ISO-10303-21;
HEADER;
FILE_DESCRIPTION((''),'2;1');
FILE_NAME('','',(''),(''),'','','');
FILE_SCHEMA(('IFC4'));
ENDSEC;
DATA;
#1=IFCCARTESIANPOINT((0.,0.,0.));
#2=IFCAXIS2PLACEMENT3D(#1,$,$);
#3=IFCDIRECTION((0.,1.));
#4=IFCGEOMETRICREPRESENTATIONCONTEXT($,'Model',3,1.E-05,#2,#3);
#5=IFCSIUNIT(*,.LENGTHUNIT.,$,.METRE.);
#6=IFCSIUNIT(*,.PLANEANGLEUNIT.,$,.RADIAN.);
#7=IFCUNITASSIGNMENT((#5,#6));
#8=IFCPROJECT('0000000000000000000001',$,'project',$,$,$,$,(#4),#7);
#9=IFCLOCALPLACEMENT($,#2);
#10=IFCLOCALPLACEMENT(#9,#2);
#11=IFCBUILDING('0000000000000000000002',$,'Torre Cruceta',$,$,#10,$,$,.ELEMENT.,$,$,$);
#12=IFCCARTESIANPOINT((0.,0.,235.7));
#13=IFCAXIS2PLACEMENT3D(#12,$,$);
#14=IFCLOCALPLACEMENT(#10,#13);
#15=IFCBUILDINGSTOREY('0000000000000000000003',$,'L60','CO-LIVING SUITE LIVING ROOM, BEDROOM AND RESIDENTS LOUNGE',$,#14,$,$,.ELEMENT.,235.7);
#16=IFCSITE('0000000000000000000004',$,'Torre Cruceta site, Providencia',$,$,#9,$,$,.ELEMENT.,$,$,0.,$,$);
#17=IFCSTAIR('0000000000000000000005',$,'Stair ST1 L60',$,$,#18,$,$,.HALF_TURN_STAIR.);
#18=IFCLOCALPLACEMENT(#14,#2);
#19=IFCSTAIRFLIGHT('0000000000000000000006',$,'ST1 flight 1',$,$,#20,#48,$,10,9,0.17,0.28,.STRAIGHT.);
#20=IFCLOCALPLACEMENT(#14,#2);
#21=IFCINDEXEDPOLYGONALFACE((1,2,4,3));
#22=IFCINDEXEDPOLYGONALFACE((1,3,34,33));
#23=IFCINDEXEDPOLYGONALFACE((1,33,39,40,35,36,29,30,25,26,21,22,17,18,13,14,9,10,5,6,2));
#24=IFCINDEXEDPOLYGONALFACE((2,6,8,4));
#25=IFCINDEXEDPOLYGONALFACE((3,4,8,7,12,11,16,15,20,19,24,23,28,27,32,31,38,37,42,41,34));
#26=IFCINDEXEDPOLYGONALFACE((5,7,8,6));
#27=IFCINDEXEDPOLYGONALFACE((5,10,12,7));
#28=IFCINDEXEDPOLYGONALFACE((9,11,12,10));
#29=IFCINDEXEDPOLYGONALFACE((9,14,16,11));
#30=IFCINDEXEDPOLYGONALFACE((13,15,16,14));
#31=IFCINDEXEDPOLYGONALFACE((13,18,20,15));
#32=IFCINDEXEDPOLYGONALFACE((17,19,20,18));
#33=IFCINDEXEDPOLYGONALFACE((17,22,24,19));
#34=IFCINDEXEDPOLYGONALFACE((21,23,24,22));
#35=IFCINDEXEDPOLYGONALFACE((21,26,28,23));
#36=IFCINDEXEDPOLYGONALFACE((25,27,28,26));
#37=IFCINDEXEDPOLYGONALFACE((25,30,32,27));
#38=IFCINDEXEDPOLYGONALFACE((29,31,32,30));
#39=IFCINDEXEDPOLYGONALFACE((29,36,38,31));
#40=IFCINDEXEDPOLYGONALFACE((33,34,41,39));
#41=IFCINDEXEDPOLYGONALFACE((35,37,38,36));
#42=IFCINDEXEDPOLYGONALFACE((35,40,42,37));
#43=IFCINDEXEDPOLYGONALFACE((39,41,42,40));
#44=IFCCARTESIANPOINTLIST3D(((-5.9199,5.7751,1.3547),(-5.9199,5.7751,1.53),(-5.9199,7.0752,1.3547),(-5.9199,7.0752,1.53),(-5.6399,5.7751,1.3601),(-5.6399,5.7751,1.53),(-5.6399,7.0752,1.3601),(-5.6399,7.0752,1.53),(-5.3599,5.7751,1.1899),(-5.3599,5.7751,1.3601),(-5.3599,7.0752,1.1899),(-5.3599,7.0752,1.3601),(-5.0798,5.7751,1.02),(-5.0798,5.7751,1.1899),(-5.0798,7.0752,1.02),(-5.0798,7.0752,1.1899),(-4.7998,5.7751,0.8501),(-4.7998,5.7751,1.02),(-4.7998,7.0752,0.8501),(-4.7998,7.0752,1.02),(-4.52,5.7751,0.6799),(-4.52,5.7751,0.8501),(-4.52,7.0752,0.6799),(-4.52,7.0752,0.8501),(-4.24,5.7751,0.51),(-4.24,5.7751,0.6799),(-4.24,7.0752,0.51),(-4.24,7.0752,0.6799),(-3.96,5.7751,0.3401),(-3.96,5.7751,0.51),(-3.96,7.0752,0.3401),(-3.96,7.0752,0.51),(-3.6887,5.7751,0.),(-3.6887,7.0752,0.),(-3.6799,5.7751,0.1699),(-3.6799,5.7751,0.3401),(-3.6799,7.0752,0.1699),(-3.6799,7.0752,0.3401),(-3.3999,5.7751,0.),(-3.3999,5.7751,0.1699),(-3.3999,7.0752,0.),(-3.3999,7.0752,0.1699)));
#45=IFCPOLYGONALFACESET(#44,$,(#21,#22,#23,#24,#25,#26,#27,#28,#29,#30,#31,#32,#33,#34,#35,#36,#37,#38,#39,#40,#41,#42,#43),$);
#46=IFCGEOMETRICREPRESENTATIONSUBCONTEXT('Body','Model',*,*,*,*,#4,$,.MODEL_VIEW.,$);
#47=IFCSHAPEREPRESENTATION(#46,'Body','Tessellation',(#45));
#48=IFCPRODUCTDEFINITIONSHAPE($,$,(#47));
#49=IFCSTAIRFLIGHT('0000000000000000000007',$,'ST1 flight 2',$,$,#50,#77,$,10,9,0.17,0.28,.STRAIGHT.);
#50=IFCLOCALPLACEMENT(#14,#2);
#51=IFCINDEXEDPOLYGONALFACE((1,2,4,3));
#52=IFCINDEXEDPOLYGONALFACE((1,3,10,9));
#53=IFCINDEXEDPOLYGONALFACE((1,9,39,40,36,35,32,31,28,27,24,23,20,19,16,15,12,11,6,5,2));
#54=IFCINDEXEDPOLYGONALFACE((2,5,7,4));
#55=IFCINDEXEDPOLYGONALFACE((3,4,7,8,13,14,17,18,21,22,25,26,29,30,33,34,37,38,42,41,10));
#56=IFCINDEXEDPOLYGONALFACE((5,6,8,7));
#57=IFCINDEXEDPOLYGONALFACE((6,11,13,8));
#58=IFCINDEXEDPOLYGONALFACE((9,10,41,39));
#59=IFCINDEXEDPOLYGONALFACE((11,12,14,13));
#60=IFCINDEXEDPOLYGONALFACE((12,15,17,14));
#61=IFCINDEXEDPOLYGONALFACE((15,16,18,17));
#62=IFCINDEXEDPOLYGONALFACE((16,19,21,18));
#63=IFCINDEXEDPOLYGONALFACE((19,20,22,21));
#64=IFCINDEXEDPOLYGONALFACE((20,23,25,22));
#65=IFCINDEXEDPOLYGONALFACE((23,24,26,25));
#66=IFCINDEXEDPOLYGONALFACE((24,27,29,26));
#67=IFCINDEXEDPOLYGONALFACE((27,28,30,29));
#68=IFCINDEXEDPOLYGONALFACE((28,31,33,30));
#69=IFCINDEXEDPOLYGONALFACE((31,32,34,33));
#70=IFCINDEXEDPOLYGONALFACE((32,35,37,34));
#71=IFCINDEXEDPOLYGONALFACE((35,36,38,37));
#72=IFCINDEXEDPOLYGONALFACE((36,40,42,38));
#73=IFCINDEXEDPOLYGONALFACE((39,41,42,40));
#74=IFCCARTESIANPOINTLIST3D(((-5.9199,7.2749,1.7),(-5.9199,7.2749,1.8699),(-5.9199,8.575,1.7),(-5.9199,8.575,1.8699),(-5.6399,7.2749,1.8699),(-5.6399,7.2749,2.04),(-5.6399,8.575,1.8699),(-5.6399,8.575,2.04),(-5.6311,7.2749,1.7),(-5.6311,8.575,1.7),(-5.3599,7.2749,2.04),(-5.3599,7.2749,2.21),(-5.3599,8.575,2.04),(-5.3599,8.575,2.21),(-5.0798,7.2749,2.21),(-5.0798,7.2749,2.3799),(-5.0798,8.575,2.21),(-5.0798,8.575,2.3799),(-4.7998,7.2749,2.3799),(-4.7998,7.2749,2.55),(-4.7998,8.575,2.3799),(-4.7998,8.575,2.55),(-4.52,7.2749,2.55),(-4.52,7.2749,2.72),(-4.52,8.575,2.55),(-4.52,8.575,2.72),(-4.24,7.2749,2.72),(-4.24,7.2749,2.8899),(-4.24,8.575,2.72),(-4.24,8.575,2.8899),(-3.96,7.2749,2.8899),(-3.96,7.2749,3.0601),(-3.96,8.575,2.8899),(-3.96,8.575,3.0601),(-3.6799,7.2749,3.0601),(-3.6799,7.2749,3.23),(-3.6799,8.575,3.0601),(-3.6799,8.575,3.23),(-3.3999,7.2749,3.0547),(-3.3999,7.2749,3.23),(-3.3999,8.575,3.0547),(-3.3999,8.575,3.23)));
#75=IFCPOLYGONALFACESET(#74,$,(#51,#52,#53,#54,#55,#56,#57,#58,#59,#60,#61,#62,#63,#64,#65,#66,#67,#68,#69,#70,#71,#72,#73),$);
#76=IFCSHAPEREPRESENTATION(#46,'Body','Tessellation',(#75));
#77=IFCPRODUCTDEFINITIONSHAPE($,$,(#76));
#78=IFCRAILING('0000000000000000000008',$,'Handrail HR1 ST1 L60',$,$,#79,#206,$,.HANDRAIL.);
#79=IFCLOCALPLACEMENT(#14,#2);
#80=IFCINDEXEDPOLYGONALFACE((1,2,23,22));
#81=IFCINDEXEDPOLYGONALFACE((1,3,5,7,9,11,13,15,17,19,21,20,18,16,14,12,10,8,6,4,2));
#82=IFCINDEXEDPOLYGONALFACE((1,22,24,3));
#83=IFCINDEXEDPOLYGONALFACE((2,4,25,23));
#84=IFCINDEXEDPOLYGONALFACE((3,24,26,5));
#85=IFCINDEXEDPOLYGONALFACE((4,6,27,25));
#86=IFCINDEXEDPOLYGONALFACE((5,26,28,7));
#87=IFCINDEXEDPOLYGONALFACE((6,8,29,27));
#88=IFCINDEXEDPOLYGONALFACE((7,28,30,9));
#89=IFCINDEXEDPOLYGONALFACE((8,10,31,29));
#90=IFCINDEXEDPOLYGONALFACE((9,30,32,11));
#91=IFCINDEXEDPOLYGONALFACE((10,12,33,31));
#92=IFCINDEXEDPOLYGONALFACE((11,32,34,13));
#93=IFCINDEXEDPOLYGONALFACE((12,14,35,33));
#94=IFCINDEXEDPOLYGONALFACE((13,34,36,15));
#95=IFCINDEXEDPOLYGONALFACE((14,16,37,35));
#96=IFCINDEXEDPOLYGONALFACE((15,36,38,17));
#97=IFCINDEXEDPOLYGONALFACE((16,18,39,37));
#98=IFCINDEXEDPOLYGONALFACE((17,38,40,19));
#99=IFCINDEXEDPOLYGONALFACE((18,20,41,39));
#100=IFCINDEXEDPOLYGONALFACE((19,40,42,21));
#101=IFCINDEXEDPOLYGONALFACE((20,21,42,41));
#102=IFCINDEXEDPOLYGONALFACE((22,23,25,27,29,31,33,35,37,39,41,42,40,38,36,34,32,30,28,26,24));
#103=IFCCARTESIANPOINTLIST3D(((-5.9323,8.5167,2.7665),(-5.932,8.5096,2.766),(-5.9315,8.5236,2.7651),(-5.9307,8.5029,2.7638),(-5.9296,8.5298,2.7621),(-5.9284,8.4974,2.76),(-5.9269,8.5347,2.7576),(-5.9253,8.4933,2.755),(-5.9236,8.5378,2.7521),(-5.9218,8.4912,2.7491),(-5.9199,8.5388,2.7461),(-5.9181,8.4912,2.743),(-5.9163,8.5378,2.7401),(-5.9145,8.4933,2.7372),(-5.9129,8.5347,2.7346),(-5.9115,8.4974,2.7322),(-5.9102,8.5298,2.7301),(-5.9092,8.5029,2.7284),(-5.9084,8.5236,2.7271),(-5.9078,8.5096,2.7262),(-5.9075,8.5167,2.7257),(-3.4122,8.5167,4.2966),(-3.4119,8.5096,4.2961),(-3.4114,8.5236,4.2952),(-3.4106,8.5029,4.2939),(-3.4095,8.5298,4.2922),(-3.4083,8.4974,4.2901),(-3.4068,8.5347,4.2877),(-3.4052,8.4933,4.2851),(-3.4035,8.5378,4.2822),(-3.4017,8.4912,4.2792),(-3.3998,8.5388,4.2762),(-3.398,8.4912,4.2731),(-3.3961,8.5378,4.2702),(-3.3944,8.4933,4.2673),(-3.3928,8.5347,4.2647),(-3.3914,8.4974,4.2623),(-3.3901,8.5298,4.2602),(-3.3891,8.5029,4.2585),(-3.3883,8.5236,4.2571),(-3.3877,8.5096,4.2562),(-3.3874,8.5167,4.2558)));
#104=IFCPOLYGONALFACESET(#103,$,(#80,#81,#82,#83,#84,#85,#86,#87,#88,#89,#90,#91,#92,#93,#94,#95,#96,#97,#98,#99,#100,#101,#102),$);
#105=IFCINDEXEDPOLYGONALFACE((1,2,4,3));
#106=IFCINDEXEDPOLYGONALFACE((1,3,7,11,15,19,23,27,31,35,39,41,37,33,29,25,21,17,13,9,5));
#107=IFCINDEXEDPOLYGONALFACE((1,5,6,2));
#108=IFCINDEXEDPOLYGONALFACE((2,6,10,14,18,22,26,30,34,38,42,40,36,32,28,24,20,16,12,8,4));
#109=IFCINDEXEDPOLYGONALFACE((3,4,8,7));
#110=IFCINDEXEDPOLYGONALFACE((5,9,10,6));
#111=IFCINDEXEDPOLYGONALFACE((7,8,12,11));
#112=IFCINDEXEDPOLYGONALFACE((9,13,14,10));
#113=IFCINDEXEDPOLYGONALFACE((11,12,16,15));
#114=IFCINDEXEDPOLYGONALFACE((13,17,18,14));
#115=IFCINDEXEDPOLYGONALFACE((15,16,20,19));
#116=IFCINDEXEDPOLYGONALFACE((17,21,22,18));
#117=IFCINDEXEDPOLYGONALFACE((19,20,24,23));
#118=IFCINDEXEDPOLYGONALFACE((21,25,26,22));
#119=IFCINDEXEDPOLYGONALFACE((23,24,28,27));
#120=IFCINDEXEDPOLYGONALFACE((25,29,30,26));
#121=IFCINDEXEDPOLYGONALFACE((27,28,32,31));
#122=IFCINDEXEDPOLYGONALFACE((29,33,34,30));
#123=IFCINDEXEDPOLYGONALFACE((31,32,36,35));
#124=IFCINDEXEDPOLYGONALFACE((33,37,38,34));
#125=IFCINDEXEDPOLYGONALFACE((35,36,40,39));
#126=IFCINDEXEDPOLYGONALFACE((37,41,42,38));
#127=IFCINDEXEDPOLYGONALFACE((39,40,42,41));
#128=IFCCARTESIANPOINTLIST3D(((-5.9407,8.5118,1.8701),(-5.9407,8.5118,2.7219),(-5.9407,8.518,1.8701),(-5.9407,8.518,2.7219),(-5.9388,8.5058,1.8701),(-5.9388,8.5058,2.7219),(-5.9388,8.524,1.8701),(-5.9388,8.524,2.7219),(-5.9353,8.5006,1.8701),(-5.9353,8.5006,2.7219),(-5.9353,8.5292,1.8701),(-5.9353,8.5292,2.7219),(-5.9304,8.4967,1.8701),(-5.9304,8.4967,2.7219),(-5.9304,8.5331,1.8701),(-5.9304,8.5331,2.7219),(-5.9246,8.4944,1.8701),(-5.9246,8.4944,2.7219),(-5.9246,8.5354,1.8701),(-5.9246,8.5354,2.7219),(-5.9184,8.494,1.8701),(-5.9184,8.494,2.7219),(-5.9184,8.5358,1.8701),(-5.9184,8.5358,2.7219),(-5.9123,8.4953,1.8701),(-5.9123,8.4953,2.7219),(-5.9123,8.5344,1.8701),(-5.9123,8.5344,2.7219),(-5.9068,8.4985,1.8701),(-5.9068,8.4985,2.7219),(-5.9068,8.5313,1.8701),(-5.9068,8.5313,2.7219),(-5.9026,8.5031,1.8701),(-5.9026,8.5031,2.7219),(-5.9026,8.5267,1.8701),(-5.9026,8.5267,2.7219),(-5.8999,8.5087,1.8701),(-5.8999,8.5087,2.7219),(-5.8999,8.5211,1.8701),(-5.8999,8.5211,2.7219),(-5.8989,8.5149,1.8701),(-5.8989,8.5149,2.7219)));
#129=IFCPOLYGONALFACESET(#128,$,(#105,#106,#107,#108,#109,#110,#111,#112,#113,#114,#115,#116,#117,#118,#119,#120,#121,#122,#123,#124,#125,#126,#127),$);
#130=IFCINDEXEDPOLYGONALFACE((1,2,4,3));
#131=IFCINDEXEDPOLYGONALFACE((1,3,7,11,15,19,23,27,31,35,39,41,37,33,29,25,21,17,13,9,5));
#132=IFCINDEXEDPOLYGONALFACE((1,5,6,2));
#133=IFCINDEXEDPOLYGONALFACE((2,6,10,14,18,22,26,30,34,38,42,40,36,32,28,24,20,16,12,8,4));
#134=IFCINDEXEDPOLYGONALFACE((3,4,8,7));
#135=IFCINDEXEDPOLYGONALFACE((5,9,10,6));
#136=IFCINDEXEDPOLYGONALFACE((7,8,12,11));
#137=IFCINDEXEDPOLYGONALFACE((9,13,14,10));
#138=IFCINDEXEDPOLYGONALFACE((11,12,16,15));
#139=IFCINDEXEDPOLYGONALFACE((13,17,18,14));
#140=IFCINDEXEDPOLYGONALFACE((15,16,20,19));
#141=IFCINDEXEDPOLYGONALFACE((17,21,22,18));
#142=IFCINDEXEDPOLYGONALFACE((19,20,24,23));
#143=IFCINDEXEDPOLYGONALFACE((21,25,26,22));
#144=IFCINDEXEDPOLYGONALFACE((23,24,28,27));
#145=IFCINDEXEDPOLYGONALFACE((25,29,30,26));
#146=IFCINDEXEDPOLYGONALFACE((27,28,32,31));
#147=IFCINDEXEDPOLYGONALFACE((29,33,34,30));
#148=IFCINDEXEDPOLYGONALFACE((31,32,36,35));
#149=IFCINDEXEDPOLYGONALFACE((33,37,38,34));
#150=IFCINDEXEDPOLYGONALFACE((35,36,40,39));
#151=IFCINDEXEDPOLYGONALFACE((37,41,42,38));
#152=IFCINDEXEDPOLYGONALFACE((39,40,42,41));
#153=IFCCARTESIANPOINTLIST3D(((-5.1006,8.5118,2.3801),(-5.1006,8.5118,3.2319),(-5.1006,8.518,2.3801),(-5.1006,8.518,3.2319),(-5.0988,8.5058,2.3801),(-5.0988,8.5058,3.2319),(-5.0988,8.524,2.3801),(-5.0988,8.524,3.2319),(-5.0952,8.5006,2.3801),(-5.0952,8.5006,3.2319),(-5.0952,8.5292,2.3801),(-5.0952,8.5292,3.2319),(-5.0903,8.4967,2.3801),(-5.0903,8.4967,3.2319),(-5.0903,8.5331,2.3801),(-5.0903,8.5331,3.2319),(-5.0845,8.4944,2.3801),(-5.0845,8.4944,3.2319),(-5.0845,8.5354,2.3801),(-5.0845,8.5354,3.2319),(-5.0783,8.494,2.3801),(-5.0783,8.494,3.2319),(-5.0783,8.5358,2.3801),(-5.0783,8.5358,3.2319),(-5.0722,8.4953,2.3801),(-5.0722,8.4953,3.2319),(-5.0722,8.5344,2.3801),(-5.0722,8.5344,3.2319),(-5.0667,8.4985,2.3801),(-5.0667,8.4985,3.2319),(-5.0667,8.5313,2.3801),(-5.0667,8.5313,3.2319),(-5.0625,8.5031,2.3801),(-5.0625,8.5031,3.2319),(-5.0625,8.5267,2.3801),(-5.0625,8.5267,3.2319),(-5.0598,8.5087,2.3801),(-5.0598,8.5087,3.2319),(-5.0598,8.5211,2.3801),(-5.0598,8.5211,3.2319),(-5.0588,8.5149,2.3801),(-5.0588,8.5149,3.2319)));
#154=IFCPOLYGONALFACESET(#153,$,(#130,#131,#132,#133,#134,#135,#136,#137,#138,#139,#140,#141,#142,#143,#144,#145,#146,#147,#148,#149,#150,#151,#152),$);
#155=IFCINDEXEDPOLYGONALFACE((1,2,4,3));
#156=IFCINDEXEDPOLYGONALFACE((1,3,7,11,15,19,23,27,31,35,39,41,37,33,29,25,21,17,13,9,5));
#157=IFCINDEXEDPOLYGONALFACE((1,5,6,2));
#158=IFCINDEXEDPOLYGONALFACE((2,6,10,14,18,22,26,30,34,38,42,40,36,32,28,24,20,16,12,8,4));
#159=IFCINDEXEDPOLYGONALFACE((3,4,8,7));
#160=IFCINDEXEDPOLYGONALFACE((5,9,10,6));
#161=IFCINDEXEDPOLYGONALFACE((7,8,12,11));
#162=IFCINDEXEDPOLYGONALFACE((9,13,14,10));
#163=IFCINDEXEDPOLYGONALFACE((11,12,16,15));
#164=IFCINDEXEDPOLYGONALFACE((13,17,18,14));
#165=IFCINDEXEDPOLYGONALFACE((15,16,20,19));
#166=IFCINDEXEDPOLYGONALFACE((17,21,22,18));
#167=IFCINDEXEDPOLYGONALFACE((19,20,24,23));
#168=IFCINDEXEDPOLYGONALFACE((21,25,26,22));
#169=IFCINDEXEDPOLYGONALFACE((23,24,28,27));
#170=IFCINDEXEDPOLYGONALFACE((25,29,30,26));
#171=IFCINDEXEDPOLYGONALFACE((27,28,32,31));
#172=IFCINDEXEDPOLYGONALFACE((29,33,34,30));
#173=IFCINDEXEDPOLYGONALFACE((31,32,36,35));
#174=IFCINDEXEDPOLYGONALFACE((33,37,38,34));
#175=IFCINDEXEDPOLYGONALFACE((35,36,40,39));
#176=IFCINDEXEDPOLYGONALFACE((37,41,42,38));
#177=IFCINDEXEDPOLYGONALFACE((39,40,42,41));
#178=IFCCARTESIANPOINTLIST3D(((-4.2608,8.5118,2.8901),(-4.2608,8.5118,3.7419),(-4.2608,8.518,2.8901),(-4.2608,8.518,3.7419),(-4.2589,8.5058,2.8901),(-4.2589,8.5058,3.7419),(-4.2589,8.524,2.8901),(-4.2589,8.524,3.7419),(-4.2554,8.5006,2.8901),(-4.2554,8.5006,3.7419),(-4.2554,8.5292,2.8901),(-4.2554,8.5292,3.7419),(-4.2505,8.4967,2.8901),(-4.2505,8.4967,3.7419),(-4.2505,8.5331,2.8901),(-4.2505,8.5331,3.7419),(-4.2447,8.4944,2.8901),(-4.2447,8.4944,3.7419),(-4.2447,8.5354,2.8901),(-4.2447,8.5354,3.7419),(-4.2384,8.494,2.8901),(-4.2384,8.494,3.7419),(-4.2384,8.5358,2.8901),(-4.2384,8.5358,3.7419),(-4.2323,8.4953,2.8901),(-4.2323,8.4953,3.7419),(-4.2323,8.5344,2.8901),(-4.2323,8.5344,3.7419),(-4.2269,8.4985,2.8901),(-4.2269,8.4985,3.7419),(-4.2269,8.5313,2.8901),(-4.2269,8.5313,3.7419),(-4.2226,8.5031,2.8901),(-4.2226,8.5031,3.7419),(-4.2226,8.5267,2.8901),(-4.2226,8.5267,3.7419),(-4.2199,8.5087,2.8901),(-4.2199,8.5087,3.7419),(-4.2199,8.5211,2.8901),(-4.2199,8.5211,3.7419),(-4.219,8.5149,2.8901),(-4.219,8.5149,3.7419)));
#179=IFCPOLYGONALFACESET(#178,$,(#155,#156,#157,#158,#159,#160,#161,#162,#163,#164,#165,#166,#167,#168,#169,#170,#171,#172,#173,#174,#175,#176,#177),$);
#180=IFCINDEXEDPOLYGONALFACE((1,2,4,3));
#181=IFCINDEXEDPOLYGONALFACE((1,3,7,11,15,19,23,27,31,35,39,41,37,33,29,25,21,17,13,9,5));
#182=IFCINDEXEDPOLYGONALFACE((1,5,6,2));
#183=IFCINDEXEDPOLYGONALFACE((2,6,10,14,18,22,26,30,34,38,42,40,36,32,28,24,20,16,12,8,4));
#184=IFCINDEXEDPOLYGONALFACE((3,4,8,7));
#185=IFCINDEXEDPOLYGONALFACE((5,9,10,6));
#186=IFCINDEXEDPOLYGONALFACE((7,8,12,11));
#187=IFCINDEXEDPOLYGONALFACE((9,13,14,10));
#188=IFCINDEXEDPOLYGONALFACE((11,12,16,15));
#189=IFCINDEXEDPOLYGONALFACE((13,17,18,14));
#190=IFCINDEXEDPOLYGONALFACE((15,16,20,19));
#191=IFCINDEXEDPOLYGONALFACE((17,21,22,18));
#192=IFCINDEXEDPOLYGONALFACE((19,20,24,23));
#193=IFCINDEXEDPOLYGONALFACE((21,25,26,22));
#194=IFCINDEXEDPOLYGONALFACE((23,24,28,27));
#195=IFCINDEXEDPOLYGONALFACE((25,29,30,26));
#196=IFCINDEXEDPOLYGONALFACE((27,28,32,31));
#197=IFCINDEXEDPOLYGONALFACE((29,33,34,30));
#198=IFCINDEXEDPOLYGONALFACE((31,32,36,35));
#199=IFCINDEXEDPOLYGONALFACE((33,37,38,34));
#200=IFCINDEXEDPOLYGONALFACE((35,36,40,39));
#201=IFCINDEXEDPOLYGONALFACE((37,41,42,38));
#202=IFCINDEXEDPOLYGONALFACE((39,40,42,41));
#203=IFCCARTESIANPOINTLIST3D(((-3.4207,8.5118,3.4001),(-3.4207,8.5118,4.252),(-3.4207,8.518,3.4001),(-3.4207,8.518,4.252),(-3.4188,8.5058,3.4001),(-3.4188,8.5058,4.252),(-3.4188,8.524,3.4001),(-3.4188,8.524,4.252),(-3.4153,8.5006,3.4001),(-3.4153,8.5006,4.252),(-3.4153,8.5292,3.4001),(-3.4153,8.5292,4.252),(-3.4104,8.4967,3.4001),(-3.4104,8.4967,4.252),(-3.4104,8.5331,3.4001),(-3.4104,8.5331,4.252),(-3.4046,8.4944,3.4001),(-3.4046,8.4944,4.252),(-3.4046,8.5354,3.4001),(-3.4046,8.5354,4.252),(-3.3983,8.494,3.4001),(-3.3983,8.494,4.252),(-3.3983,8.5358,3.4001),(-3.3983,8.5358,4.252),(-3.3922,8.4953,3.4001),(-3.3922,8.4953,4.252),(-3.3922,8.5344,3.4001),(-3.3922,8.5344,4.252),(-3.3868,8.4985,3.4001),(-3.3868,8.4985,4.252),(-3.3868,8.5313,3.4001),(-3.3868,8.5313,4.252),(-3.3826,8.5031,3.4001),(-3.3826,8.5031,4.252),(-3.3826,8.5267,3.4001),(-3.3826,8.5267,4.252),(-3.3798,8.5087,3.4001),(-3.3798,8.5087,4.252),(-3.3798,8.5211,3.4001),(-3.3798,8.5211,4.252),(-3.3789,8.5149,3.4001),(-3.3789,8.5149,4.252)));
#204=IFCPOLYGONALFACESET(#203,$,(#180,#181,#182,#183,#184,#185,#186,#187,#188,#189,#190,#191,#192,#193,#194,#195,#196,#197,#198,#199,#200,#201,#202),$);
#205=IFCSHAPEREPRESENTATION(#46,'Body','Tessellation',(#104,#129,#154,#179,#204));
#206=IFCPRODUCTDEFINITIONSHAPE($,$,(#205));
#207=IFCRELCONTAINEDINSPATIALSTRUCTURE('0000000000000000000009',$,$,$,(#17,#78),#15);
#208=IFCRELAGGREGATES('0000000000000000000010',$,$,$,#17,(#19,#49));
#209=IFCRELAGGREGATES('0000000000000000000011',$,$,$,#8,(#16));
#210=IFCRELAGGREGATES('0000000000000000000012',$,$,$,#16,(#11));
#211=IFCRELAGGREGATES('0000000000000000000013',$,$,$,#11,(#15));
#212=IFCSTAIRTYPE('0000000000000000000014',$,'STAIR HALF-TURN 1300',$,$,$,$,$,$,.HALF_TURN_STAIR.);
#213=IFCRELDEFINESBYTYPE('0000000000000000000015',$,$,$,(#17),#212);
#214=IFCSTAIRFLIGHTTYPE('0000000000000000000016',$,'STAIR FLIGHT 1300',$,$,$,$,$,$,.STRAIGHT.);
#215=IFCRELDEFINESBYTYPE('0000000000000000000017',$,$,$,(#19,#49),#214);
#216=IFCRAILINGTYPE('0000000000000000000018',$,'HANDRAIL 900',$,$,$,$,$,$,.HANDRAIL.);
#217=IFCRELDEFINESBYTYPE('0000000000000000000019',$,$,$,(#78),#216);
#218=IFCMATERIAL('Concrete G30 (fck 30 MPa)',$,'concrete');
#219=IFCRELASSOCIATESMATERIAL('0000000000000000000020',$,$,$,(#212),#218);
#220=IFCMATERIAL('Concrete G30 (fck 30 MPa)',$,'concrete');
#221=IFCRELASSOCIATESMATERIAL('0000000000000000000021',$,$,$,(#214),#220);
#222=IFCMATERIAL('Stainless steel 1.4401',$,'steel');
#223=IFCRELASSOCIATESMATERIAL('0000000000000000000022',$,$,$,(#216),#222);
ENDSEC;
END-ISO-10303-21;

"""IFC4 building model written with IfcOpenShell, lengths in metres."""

from ifc_helpers import new_model, si_unit, direction, frame, origin, origin_2d, place, context, subcontext, project, spatial, polyline, circle, outline, extrude, material, type_object, element, aggregate, save


model = new_model("IFC4")

# Units and contexts
model_context = context("Model", 3, precision=1e-05, world=origin(), true_north=direction((0.0, 1.0)))
body_context = subcontext(model_context, "Body", "Model", "MODEL_VIEW")
ifc_project = project(units=[si_unit("LENGTHUNIT", "METRE"), si_unit("PLANEANGLEUNIT", "RADIAN")], contexts=[model_context])

# Site, building, storey
site_placement = place(None, origin())
site = spatial("IfcSite", under=ifc_project, at=site_placement, Name="Torre Cruceta site, Providencia", CompositionType="ELEMENT", RefElevation=0.0)
building_placement = place(site_placement, origin())
building = spatial("IfcBuilding", under=site, at=building_placement, Name="Torre Cruceta", CompositionType="ELEMENT")
storey_placement = place(building_placement, frame((0.0, 0.0, 235.7)))
storey = spatial("IfcBuildingStorey", under=building, at=storey_placement, Name="L60", Description="CO-LIVING SUITE LIVING ROOM, BEDROOM AND RESIDENTS LOUNGE", CompositionType="ELEMENT", Elevation=235.7)

# Stair, stair flights
ifc_material_1 = material(Name="Concrete G30 (fck 30 MPa)", Category="concrete")
stair_type = type_object("IfcStairType", Name="STAIR HALF-TURN 1300", PredefinedType="HALF_TURN_STAIR", material=ifc_material_1)
stair_placement = place(storey_placement, origin())
stair = element("IfcStair", 1, at=stair_placement, inside=storey, type_object=stair_type, Name="Stair ST1 L60", PredefinedType="HALF_TURN_STAIR")
ifc_material_2 = material(Name="Concrete G30 (fck 30 MPa)", Category="concrete")
stair_flight_type = type_object("IfcStairFlightType", Name="STAIR FLIGHT 1300", PredefinedType="STRAIGHT", material=ifc_material_2)
stair_flight_1_placement = place(storey_placement, frame((-3.3999, 6.425, 0.0), z_axis=(0.0, 0.0, 1.0), x_axis=(-1.0, 0.0, 0.0)))
stair_flight_1 = element("IfcStairFlight", 2, at=stair_flight_1_placement, type_object=stair_flight_type, Name="ST1 flight 1", NumberOfRisers=10, NumberOfTreads=9, PredefinedType="STRAIGHT", RiserHeight=0.17, TreadLength=0.28, context=body_context, shape_type="SweptSolid", body=[
    extrude(outline(polyline([(0.0, 0.0), (0.0, 0.1699), (0.28, 0.1699), (0.28, 0.3401), (0.5601, 0.3401), (0.5601, 0.51), (0.8401, 0.51), (0.8401, 0.6799), (1.1201, 0.6799), (1.1201, 0.8501), (1.3999, 0.8501), (1.3999, 1.02), (1.6799, 1.02), (1.6799, 1.1899), (1.96, 1.1899), (1.96, 1.3601), (2.24, 1.3601), (2.24, 1.53), (2.52, 1.53), (2.52, 1.7), (2.52, 1.3547), (0.2888, 0.0), (0.0, 0.0)])), frame((0.0, 0.6499, 0.0), z_axis=(0.0, -1.0, 0.0), x_axis=(1.0, 0.0, 0.0)), (0.0, 0.0, 1.0), 1.3),
])
stair_flight_2_placement = place(storey_placement, frame((-5.9199, 7.925, 1.7), z_axis=(0.0, 0.0, 1.0), x_axis=(1.0, 0.0, 0.0)))
stair_flight_2 = element("IfcStairFlight", 3, at=stair_flight_2_placement, type_object=stair_flight_type, Name="ST1 flight 2", NumberOfRisers=10, NumberOfTreads=9, PredefinedType="STRAIGHT", RiserHeight=0.17, TreadLength=0.28, context=body_context, shape_type="SweptSolid", body=[
    extrude(outline(polyline([(0.0, 0.0), (0.0, 0.1699), (0.28, 0.1699), (0.28, 0.3401), (0.5601, 0.3401), (0.5601, 0.51), (0.8401, 0.51), (0.8401, 0.6799), (1.1201, 0.6799), (1.1201, 0.8501), (1.3999, 0.8501), (1.3999, 1.02), (1.6799, 1.02), (1.6799, 1.1899), (1.96, 1.1899), (1.96, 1.3601), (2.24, 1.3601), (2.24, 1.53), (2.52, 1.53), (2.52, 1.7), (2.52, 1.3547), (0.2888, 0.0), (0.0, 0.0)])), frame((0.0, 0.6499, 0.0), z_axis=(0.0, -1.0, 0.0), x_axis=(1.0, 0.0, 0.0)), (0.0, 0.0, 1.0), 1.3),
])
aggregate(stair, [stair_flight_1, stair_flight_2])

# Railing
ifc_material_3 = material(Name="Stainless steel 1.4401", Category="steel")
railing_type = type_object("IfcRailingType", Name="HANDRAIL 900", PredefinedType="HANDRAIL", material=ifc_material_3)
railing_1_placement = place(storey_placement, frame((-5.9199, 8.5149, 1.8701)))
element("IfcRailing", 4, at=railing_1_placement, inside=storey, type_object=railing_type, Name="Handrail HR1 ST1 L60", PredefinedType="HANDRAIL", context=body_context, shape_type="SweptSolid", body=[
    extrude(circle(Radius=0.0239, at=origin_2d()), frame((0.0, 0.0, 0.876), z_axis=(0.854785, 0.0, 0.518982), x_axis=(0.0, 1.0, 0.0)), (0.0, 0.0, 1.0), 2.9482),
    extrude(circle(Radius=0.021, at=origin_2d()), origin(), (0.0, 0.0, 1.0), 0.8518),
    extrude(circle(Radius=0.021, at=origin_2d()), frame((0.8401, 0.0, 0.51)), (0.0, 0.0, 1.0), 0.8518),
    extrude(circle(Radius=0.021, at=origin_2d()), frame((1.6799, 0.0, 1.02)), (0.0, 0.0, 1.0), 0.8518),
    extrude(circle(Radius=0.021, at=origin_2d()), frame((2.52, 0.0, 1.53)), (0.0, 0.0, 1.0), 0.8518),
])

save(model, "model.ifc")
